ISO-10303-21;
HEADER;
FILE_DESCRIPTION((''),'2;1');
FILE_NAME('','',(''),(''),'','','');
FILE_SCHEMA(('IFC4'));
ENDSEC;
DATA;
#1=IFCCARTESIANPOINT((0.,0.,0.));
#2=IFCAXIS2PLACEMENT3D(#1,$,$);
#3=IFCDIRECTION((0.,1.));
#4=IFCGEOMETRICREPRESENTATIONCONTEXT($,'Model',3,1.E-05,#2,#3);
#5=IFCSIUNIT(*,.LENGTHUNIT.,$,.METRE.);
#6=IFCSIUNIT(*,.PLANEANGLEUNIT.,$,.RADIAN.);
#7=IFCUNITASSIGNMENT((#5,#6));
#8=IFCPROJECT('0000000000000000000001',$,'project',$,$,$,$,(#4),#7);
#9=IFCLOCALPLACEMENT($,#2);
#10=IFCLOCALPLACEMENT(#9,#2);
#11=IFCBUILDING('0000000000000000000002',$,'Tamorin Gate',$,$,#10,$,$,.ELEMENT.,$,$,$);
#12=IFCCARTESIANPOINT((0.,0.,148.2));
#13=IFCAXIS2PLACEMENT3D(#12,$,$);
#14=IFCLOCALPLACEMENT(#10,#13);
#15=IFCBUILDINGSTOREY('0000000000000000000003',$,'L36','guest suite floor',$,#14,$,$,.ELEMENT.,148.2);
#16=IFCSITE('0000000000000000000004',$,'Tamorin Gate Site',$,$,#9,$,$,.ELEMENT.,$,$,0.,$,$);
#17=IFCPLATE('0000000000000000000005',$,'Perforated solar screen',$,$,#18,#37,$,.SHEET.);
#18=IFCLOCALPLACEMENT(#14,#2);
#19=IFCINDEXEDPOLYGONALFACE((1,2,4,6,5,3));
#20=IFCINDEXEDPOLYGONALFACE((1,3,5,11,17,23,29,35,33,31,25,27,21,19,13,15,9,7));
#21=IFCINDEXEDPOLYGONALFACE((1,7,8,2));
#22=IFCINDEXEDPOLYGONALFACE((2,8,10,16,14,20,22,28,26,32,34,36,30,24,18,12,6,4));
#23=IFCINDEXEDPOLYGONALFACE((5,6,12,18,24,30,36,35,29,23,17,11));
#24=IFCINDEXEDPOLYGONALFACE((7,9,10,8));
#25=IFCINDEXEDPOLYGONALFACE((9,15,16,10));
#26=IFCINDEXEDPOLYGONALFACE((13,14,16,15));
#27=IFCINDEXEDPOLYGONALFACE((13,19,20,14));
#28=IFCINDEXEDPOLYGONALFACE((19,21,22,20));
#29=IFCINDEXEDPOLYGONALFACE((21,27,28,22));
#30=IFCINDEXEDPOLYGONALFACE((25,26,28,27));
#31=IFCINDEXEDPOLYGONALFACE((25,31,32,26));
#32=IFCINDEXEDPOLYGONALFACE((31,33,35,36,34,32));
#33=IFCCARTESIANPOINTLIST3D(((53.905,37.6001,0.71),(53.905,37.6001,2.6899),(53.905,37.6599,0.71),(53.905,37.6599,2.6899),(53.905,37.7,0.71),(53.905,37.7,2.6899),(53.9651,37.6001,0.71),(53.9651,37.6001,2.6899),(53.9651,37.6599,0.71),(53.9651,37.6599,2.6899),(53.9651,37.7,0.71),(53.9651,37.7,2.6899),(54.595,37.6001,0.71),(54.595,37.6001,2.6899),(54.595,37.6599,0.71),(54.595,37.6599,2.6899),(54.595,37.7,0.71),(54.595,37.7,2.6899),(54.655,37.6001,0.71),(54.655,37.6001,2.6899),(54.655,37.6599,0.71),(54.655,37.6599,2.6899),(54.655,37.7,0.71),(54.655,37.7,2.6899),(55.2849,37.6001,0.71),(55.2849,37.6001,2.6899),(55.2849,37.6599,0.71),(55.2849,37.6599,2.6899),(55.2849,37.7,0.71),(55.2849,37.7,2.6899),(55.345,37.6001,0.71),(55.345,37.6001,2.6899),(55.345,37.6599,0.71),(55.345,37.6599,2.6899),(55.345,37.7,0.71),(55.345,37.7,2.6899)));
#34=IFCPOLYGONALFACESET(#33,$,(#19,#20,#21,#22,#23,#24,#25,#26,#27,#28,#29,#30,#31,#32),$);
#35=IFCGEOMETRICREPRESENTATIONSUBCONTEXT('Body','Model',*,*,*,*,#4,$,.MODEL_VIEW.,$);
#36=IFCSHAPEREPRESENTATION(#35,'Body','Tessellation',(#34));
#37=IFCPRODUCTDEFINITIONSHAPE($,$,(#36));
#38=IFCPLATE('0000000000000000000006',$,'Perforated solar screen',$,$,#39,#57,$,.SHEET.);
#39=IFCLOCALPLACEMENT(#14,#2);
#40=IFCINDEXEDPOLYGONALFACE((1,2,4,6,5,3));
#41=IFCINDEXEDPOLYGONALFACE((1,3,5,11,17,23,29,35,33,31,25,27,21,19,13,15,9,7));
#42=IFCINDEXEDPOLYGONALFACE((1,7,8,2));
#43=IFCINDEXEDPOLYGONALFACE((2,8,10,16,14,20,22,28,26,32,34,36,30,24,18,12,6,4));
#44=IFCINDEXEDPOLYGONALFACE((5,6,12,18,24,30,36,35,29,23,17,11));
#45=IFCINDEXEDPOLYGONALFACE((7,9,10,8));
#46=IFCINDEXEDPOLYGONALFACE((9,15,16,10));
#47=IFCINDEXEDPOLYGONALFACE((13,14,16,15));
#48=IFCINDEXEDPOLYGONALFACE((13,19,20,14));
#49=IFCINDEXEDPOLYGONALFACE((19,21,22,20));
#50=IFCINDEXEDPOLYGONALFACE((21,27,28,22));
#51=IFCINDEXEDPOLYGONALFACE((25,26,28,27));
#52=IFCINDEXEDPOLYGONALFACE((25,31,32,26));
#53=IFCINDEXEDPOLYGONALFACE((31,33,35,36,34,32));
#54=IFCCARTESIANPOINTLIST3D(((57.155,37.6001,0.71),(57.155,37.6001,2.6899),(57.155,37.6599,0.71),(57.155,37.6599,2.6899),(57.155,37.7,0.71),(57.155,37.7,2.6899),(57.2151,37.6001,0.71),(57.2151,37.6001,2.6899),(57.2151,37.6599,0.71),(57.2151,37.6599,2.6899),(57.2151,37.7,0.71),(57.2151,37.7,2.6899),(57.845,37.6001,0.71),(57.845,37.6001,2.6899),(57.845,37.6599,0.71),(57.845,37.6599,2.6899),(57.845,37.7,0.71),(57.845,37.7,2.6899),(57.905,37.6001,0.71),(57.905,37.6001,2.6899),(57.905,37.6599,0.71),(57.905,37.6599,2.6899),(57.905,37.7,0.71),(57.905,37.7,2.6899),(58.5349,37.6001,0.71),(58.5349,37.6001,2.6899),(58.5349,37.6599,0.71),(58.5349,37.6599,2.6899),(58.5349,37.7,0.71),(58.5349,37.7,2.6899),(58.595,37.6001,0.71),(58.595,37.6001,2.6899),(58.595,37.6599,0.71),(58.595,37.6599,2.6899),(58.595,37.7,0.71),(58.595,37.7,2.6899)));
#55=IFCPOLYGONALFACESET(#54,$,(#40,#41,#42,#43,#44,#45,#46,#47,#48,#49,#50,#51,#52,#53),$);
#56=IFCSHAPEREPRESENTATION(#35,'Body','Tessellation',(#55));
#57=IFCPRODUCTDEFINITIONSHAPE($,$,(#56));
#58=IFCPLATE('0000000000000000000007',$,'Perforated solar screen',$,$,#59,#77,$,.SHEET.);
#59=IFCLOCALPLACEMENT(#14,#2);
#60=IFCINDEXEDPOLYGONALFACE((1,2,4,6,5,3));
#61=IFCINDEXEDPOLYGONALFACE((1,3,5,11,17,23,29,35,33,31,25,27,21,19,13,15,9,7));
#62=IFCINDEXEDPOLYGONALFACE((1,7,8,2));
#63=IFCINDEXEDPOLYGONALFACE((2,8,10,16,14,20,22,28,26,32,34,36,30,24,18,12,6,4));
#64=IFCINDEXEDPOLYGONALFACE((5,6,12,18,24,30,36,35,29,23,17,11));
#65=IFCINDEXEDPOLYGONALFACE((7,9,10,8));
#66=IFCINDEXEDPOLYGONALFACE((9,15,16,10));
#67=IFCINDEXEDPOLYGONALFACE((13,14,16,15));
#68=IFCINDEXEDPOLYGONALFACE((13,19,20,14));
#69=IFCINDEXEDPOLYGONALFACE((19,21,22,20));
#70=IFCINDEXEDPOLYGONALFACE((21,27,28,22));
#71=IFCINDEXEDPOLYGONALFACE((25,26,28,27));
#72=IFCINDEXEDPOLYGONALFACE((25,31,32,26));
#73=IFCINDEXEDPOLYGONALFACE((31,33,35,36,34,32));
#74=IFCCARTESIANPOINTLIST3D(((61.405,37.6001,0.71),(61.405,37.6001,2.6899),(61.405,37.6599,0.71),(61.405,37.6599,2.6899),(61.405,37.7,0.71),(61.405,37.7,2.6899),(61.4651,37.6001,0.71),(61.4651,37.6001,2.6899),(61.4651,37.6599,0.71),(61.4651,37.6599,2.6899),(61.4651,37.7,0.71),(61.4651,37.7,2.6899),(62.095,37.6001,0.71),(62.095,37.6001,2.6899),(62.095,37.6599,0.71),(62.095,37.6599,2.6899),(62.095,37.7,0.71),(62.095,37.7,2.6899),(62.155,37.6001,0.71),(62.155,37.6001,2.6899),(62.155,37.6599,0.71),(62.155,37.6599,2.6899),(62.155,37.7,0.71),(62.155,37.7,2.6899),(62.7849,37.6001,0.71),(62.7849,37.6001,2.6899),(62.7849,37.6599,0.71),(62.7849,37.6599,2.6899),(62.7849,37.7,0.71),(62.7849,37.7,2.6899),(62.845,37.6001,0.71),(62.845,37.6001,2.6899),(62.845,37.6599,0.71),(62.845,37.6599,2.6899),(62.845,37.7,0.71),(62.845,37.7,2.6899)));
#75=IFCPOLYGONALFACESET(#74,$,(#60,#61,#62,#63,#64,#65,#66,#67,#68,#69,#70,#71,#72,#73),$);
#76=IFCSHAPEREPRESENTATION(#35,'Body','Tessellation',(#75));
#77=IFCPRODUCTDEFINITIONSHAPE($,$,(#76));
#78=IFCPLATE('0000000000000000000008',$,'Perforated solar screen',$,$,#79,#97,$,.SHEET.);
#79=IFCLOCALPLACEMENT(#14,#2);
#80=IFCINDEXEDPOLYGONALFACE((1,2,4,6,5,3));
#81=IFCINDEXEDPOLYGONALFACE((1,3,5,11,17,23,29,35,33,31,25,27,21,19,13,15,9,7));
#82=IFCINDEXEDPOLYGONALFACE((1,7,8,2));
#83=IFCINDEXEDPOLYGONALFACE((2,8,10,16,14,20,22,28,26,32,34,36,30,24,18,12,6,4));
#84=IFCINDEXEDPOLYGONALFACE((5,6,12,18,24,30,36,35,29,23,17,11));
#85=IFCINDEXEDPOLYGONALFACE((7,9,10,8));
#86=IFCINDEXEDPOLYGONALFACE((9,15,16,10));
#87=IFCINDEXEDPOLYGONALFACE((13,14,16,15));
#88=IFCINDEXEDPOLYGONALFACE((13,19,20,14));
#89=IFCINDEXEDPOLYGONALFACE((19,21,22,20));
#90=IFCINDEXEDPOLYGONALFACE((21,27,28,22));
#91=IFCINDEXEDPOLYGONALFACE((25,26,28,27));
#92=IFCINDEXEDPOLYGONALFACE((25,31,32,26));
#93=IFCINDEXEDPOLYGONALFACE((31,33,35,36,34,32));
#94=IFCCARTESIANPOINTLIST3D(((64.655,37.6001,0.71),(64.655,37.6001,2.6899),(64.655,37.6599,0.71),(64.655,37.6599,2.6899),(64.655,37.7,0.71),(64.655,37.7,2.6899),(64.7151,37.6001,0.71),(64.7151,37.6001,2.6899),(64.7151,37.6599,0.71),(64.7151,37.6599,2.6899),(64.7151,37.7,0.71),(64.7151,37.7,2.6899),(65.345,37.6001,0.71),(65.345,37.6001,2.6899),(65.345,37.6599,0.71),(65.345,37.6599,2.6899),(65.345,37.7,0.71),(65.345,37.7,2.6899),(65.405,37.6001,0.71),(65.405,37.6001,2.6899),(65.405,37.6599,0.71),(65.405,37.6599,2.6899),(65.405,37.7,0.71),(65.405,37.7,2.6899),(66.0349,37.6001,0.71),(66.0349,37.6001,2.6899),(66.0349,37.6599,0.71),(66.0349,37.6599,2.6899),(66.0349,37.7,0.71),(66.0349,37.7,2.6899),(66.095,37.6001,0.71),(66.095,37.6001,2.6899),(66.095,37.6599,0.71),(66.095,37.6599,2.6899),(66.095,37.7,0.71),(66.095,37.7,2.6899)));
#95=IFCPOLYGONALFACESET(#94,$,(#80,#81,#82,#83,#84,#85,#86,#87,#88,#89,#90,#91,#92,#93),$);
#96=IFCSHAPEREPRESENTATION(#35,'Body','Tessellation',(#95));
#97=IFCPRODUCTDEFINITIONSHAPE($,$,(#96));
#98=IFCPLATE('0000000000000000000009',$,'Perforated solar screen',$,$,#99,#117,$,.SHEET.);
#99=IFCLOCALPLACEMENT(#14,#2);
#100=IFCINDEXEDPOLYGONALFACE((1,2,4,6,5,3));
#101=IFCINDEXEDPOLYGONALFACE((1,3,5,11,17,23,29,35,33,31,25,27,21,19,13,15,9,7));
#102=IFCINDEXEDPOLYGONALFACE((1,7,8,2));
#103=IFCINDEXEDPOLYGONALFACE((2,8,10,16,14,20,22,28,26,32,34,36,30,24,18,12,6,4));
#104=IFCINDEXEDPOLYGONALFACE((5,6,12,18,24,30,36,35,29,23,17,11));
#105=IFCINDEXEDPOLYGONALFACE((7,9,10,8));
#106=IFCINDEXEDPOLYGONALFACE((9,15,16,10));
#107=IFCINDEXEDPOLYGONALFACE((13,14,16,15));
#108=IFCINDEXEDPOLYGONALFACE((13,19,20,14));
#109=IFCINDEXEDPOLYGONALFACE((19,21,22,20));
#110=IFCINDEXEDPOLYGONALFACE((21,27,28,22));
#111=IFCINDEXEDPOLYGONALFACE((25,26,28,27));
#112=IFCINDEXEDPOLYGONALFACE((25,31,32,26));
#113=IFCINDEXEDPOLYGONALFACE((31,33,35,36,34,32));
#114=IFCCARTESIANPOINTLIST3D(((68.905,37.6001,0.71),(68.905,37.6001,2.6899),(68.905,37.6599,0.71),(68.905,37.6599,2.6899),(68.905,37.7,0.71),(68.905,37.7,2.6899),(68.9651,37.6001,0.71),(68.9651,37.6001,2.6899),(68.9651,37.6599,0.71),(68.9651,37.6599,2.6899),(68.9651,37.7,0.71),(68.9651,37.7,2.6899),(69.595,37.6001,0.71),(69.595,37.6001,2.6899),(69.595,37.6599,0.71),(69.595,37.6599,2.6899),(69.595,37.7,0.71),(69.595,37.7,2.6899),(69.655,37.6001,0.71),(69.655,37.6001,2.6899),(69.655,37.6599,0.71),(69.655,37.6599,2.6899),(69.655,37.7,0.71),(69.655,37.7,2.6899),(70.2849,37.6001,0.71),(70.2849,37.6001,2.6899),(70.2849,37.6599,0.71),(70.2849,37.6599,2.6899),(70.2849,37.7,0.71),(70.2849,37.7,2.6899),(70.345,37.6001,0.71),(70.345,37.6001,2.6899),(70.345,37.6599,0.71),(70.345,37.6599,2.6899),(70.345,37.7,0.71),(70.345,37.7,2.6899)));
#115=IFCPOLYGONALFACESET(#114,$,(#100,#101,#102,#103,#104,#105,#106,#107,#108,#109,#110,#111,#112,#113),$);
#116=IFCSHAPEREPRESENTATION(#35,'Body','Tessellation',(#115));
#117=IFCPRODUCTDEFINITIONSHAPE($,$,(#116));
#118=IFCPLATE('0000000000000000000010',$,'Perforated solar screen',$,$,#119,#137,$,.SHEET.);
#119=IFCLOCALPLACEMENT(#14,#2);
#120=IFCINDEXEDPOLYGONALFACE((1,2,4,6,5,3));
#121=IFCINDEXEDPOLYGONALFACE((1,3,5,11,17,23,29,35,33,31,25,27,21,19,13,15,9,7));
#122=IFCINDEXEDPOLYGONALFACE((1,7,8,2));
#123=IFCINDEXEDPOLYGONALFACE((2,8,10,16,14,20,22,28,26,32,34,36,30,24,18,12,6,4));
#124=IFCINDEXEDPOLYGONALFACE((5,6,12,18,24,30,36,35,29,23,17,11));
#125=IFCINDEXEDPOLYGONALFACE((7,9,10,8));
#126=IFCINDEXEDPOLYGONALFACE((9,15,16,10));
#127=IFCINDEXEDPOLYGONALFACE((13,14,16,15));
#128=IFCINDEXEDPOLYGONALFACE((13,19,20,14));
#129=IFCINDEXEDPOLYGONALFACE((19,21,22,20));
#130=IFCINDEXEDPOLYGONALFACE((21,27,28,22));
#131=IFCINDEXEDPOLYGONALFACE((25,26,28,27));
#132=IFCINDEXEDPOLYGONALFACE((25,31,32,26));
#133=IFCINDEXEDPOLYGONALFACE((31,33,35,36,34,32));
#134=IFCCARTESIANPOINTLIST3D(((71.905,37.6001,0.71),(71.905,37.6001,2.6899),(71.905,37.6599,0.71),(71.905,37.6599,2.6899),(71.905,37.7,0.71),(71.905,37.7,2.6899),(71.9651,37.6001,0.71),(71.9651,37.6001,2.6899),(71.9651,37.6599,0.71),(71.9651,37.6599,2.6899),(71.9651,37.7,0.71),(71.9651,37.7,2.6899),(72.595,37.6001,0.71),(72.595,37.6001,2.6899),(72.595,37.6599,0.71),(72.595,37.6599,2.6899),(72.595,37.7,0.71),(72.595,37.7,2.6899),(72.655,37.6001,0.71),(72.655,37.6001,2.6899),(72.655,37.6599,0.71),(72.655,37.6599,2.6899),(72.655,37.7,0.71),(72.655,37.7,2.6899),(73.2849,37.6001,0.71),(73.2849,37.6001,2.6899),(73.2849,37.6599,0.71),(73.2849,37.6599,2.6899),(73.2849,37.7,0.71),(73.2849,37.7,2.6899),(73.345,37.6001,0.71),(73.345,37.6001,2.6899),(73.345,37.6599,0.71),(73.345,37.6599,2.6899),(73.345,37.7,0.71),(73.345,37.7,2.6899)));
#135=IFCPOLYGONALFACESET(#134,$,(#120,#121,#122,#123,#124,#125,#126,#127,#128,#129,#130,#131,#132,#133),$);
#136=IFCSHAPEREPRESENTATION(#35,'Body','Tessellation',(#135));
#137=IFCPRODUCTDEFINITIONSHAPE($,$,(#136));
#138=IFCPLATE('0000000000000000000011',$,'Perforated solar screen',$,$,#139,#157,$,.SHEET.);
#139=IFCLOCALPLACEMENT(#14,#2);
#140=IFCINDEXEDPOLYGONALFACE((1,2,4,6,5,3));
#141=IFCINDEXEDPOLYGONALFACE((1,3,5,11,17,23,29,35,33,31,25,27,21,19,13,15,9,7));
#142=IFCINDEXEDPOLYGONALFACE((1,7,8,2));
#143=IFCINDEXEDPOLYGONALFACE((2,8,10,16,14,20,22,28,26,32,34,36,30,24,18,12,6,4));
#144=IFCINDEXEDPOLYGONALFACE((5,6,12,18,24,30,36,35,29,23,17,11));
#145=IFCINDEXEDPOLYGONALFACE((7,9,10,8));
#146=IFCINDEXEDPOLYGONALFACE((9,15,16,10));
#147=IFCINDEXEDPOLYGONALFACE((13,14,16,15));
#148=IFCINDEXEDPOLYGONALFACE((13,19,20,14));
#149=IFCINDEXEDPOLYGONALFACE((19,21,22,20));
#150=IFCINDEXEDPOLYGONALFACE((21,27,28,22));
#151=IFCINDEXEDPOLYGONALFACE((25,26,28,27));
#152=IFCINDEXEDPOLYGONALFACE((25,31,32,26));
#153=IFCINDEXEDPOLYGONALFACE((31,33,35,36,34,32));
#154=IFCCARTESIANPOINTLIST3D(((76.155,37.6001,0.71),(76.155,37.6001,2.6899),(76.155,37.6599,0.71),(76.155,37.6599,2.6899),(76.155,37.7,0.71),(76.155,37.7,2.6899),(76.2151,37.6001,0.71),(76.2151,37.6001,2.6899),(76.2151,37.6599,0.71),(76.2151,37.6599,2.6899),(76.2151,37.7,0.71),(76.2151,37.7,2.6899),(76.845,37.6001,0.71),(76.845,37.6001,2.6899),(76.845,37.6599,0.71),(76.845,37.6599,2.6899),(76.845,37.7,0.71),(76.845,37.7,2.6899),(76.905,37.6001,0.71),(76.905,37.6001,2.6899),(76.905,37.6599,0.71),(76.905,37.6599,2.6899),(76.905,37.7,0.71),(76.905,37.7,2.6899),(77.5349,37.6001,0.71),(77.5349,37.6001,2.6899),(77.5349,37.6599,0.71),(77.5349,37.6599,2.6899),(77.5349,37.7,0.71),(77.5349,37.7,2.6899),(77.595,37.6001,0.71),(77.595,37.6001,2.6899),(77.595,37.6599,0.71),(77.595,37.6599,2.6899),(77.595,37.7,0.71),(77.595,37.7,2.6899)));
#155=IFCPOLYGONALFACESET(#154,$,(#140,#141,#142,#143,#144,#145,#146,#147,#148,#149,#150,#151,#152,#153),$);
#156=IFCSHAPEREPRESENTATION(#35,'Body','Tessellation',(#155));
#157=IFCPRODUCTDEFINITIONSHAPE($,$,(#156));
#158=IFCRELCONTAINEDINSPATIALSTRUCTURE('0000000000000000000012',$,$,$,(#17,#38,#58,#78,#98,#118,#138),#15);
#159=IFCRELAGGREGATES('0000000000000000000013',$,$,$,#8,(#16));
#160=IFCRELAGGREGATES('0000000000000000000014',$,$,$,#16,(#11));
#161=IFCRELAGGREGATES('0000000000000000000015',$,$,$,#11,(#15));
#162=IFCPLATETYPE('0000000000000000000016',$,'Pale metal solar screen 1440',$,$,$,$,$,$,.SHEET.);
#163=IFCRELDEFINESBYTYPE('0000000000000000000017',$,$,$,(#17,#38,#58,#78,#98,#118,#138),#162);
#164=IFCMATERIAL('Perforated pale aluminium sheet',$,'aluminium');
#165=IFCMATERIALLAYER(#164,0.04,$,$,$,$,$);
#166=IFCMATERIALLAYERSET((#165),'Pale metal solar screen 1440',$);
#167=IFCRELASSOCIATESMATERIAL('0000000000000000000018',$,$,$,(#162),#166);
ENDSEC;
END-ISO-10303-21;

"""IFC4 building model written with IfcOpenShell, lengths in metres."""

from ifc_helpers import new_model, si_unit, direction, frame, origin, place, context, subcontext, project, spatial, polyline, outline, extrude, material, layer, layer_set, type_object, element, save


model = new_model("IFC4")

# Units and contexts
model_context = context("Model", 3, precision=1e-05, world=origin(), true_north=direction((0.0, 1.0)))
body_context = subcontext(model_context, "Body", "Model", "MODEL_VIEW")
ifc_project = project(units=[si_unit("LENGTHUNIT", "METRE"), si_unit("PLANEANGLEUNIT", "RADIAN")], contexts=[model_context])

# Site, building, storey
site_placement = place(None, origin())
site = spatial("IfcSite", under=ifc_project, at=site_placement, Name="Tamorin Gate Site", CompositionType="ELEMENT", RefElevation=0.0)
building_placement = place(site_placement, origin())
building = spatial("IfcBuilding", under=site, at=building_placement, Name="Tamorin Gate", CompositionType="ELEMENT")
storey_placement = place(building_placement, frame((0.0, 0.0, 148.2)))
storey = spatial("IfcBuildingStorey", under=building, at=storey_placement, Name="L36", Description="guest suite floor", CompositionType="ELEMENT", Elevation=148.2)

# Plates
ifc_material_1 = material(Name="Perforated pale aluminium sheet", Category="aluminium")
ifc_layer_1 = layer(ifc_material_1, 0.04)
ifc_layer_set_1 = layer_set([ifc_layer_1], Name="Pale metal solar screen 1440")
plate_type_1 = type_object("IfcPlateType", Name="Pale metal solar screen 1440", PredefinedType="SHEET", material=ifc_layer_set_1)
plate_1_placement = place(storey_placement, frame((0.0, 0.0, 0.71)))
element("IfcPlate", 1, at=plate_1_placement, inside=storey, type_object=plate_type_1, Name="Perforated solar screen", PredefinedType="SHEET", context=body_context, shape_type="SweptSolid", body=[
    extrude(outline(polyline([(53.905, 37.6599), (53.905, 37.7), (53.9651, 37.7), (54.595, 37.7), (54.655, 37.7), (55.2849, 37.7), (55.345, 37.7), (55.345, 37.6599), (55.345, 37.6001), (55.2849, 37.6001), (55.2849, 37.6599), (54.655, 37.6599), (54.655, 37.6001), (54.595, 37.6001), (54.595, 37.6599), (53.9651, 37.6599), (53.9651, 37.6001), (53.905, 37.6001), (53.905, 37.6599)])), origin(), (0.0, 0.0, 1.0), 1.98),
])
plate_2_placement = place(storey_placement, frame((0.0, 0.0, 0.71)))
element("IfcPlate", 2, at=plate_2_placement, inside=storey, type_object=plate_type_1, Name="Perforated solar screen", PredefinedType="SHEET", context=body_context, shape_type="SweptSolid", body=[
    extrude(outline(polyline([(57.155, 37.6599), (57.155, 37.7), (57.2151, 37.7), (57.845, 37.7), (57.905, 37.7), (58.5349, 37.7), (58.595, 37.7), (58.595, 37.6599), (58.595, 37.6001), (58.5349, 37.6001), (58.5349, 37.6599), (57.905, 37.6599), (57.905, 37.6001), (57.845, 37.6001), (57.845, 37.6599), (57.2151, 37.6599), (57.2151, 37.6001), (57.155, 37.6001), (57.155, 37.6599)])), origin(), (0.0, 0.0, 1.0), 1.98),
])
plate_3_placement = place(storey_placement, frame((0.0, 0.0, 0.71)))
element("IfcPlate", 3, at=plate_3_placement, inside=storey, type_object=plate_type_1, Name="Perforated solar screen", PredefinedType="SHEET", context=body_context, shape_type="SweptSolid", body=[
    extrude(outline(polyline([(61.405, 37.6599), (61.405, 37.7), (61.4651, 37.7), (62.095, 37.7), (62.155, 37.7), (62.7849, 37.7), (62.845, 37.7), (62.845, 37.6599), (62.845, 37.6001), (62.7849, 37.6001), (62.7849, 37.6599), (62.155, 37.6599), (62.155, 37.6001), (62.095, 37.6001), (62.095, 37.6599), (61.4651, 37.6599), (61.4651, 37.6001), (61.405, 37.6001), (61.405, 37.6599)])), origin(), (0.0, 0.0, 1.0), 1.98),
])
plate_4_placement = place(storey_placement, frame((0.0, 0.0, 0.71)))
element("IfcPlate", 4, at=plate_4_placement, inside=storey, type_object=plate_type_1, Name="Perforated solar screen", PredefinedType="SHEET", context=body_context, shape_type="SweptSolid", body=[
    extrude(outline(polyline([(64.655, 37.6599), (64.655, 37.7), (64.7151, 37.7), (65.345, 37.7), (65.405, 37.7), (66.0349, 37.7), (66.095, 37.7), (66.095, 37.6599), (66.095, 37.6001), (66.0349, 37.6001), (66.0349, 37.6599), (65.405, 37.6599), (65.405, 37.6001), (65.345, 37.6001), (65.345, 37.6599), (64.7151, 37.6599), (64.7151, 37.6001), (64.655, 37.6001), (64.655, 37.6599)])), origin(), (0.0, 0.0, 1.0), 1.98),
])
plate_5_placement = place(storey_placement, frame((0.0, 0.0, 0.71)))
element("IfcPlate", 5, at=plate_5_placement, inside=storey, type_object=plate_type_1, Name="Perforated solar screen", PredefinedType="SHEET", context=body_context, shape_type="SweptSolid", body=[
    extrude(outline(polyline([(68.905, 37.6599), (68.905, 37.7), (68.9651, 37.7), (69.595, 37.7), (69.655, 37.7), (70.2849, 37.7), (70.345, 37.7), (70.345, 37.6599), (70.345, 37.6001), (70.2849, 37.6001), (70.2849, 37.6599), (69.655, 37.6599), (69.655, 37.6001), (69.595, 37.6001), (69.595, 37.6599), (68.9651, 37.6599), (68.9651, 37.6001), (68.905, 37.6001), (68.905, 37.6599)])), origin(), (0.0, 0.0, 1.0), 1.98),
])
plate_6_placement = place(storey_placement, frame((0.0, 0.0, 0.71)))
element("IfcPlate", 6, at=plate_6_placement, inside=storey, type_object=plate_type_1, Name="Perforated solar screen", PredefinedType="SHEET", context=body_context, shape_type="SweptSolid", body=[
    extrude(outline(polyline([(71.905, 37.6599), (71.905, 37.7), (71.9651, 37.7), (72.595, 37.7), (72.655, 37.7), (73.2849, 37.7), (73.345, 37.7), (73.345, 37.6599), (73.345, 37.6001), (73.2849, 37.6001), (73.2849, 37.6599), (72.655, 37.6599), (72.655, 37.6001), (72.595, 37.6001), (72.595, 37.6599), (71.9651, 37.6599), (71.9651, 37.6001), (71.905, 37.6001), (71.905, 37.6599)])), origin(), (0.0, 0.0, 1.0), 1.98),
])
plate_7_placement = place(storey_placement, frame((0.0, 0.0, 0.71)))
element("IfcPlate", 7, at=plate_7_placement, inside=storey, type_object=plate_type_1, Name="Perforated solar screen", PredefinedType="SHEET", context=body_context, shape_type="SweptSolid", body=[
    extrude(outline(polyline([(76.155, 37.6599), (76.155, 37.7), (76.2151, 37.7), (76.845, 37.7), (76.905, 37.7), (77.5349, 37.7), (77.595, 37.7), (77.595, 37.6599), (77.595, 37.6001), (77.5349, 37.6001), (77.5349, 37.6599), (76.905, 37.6599), (76.905, 37.6001), (76.845, 37.6001), (76.845, 37.6599), (76.2151, 37.6599), (76.2151, 37.6001), (76.155, 37.6001), (76.155, 37.6599)])), origin(), (0.0, 0.0, 1.0), 1.98),
])

save(model, "model.ifc")
